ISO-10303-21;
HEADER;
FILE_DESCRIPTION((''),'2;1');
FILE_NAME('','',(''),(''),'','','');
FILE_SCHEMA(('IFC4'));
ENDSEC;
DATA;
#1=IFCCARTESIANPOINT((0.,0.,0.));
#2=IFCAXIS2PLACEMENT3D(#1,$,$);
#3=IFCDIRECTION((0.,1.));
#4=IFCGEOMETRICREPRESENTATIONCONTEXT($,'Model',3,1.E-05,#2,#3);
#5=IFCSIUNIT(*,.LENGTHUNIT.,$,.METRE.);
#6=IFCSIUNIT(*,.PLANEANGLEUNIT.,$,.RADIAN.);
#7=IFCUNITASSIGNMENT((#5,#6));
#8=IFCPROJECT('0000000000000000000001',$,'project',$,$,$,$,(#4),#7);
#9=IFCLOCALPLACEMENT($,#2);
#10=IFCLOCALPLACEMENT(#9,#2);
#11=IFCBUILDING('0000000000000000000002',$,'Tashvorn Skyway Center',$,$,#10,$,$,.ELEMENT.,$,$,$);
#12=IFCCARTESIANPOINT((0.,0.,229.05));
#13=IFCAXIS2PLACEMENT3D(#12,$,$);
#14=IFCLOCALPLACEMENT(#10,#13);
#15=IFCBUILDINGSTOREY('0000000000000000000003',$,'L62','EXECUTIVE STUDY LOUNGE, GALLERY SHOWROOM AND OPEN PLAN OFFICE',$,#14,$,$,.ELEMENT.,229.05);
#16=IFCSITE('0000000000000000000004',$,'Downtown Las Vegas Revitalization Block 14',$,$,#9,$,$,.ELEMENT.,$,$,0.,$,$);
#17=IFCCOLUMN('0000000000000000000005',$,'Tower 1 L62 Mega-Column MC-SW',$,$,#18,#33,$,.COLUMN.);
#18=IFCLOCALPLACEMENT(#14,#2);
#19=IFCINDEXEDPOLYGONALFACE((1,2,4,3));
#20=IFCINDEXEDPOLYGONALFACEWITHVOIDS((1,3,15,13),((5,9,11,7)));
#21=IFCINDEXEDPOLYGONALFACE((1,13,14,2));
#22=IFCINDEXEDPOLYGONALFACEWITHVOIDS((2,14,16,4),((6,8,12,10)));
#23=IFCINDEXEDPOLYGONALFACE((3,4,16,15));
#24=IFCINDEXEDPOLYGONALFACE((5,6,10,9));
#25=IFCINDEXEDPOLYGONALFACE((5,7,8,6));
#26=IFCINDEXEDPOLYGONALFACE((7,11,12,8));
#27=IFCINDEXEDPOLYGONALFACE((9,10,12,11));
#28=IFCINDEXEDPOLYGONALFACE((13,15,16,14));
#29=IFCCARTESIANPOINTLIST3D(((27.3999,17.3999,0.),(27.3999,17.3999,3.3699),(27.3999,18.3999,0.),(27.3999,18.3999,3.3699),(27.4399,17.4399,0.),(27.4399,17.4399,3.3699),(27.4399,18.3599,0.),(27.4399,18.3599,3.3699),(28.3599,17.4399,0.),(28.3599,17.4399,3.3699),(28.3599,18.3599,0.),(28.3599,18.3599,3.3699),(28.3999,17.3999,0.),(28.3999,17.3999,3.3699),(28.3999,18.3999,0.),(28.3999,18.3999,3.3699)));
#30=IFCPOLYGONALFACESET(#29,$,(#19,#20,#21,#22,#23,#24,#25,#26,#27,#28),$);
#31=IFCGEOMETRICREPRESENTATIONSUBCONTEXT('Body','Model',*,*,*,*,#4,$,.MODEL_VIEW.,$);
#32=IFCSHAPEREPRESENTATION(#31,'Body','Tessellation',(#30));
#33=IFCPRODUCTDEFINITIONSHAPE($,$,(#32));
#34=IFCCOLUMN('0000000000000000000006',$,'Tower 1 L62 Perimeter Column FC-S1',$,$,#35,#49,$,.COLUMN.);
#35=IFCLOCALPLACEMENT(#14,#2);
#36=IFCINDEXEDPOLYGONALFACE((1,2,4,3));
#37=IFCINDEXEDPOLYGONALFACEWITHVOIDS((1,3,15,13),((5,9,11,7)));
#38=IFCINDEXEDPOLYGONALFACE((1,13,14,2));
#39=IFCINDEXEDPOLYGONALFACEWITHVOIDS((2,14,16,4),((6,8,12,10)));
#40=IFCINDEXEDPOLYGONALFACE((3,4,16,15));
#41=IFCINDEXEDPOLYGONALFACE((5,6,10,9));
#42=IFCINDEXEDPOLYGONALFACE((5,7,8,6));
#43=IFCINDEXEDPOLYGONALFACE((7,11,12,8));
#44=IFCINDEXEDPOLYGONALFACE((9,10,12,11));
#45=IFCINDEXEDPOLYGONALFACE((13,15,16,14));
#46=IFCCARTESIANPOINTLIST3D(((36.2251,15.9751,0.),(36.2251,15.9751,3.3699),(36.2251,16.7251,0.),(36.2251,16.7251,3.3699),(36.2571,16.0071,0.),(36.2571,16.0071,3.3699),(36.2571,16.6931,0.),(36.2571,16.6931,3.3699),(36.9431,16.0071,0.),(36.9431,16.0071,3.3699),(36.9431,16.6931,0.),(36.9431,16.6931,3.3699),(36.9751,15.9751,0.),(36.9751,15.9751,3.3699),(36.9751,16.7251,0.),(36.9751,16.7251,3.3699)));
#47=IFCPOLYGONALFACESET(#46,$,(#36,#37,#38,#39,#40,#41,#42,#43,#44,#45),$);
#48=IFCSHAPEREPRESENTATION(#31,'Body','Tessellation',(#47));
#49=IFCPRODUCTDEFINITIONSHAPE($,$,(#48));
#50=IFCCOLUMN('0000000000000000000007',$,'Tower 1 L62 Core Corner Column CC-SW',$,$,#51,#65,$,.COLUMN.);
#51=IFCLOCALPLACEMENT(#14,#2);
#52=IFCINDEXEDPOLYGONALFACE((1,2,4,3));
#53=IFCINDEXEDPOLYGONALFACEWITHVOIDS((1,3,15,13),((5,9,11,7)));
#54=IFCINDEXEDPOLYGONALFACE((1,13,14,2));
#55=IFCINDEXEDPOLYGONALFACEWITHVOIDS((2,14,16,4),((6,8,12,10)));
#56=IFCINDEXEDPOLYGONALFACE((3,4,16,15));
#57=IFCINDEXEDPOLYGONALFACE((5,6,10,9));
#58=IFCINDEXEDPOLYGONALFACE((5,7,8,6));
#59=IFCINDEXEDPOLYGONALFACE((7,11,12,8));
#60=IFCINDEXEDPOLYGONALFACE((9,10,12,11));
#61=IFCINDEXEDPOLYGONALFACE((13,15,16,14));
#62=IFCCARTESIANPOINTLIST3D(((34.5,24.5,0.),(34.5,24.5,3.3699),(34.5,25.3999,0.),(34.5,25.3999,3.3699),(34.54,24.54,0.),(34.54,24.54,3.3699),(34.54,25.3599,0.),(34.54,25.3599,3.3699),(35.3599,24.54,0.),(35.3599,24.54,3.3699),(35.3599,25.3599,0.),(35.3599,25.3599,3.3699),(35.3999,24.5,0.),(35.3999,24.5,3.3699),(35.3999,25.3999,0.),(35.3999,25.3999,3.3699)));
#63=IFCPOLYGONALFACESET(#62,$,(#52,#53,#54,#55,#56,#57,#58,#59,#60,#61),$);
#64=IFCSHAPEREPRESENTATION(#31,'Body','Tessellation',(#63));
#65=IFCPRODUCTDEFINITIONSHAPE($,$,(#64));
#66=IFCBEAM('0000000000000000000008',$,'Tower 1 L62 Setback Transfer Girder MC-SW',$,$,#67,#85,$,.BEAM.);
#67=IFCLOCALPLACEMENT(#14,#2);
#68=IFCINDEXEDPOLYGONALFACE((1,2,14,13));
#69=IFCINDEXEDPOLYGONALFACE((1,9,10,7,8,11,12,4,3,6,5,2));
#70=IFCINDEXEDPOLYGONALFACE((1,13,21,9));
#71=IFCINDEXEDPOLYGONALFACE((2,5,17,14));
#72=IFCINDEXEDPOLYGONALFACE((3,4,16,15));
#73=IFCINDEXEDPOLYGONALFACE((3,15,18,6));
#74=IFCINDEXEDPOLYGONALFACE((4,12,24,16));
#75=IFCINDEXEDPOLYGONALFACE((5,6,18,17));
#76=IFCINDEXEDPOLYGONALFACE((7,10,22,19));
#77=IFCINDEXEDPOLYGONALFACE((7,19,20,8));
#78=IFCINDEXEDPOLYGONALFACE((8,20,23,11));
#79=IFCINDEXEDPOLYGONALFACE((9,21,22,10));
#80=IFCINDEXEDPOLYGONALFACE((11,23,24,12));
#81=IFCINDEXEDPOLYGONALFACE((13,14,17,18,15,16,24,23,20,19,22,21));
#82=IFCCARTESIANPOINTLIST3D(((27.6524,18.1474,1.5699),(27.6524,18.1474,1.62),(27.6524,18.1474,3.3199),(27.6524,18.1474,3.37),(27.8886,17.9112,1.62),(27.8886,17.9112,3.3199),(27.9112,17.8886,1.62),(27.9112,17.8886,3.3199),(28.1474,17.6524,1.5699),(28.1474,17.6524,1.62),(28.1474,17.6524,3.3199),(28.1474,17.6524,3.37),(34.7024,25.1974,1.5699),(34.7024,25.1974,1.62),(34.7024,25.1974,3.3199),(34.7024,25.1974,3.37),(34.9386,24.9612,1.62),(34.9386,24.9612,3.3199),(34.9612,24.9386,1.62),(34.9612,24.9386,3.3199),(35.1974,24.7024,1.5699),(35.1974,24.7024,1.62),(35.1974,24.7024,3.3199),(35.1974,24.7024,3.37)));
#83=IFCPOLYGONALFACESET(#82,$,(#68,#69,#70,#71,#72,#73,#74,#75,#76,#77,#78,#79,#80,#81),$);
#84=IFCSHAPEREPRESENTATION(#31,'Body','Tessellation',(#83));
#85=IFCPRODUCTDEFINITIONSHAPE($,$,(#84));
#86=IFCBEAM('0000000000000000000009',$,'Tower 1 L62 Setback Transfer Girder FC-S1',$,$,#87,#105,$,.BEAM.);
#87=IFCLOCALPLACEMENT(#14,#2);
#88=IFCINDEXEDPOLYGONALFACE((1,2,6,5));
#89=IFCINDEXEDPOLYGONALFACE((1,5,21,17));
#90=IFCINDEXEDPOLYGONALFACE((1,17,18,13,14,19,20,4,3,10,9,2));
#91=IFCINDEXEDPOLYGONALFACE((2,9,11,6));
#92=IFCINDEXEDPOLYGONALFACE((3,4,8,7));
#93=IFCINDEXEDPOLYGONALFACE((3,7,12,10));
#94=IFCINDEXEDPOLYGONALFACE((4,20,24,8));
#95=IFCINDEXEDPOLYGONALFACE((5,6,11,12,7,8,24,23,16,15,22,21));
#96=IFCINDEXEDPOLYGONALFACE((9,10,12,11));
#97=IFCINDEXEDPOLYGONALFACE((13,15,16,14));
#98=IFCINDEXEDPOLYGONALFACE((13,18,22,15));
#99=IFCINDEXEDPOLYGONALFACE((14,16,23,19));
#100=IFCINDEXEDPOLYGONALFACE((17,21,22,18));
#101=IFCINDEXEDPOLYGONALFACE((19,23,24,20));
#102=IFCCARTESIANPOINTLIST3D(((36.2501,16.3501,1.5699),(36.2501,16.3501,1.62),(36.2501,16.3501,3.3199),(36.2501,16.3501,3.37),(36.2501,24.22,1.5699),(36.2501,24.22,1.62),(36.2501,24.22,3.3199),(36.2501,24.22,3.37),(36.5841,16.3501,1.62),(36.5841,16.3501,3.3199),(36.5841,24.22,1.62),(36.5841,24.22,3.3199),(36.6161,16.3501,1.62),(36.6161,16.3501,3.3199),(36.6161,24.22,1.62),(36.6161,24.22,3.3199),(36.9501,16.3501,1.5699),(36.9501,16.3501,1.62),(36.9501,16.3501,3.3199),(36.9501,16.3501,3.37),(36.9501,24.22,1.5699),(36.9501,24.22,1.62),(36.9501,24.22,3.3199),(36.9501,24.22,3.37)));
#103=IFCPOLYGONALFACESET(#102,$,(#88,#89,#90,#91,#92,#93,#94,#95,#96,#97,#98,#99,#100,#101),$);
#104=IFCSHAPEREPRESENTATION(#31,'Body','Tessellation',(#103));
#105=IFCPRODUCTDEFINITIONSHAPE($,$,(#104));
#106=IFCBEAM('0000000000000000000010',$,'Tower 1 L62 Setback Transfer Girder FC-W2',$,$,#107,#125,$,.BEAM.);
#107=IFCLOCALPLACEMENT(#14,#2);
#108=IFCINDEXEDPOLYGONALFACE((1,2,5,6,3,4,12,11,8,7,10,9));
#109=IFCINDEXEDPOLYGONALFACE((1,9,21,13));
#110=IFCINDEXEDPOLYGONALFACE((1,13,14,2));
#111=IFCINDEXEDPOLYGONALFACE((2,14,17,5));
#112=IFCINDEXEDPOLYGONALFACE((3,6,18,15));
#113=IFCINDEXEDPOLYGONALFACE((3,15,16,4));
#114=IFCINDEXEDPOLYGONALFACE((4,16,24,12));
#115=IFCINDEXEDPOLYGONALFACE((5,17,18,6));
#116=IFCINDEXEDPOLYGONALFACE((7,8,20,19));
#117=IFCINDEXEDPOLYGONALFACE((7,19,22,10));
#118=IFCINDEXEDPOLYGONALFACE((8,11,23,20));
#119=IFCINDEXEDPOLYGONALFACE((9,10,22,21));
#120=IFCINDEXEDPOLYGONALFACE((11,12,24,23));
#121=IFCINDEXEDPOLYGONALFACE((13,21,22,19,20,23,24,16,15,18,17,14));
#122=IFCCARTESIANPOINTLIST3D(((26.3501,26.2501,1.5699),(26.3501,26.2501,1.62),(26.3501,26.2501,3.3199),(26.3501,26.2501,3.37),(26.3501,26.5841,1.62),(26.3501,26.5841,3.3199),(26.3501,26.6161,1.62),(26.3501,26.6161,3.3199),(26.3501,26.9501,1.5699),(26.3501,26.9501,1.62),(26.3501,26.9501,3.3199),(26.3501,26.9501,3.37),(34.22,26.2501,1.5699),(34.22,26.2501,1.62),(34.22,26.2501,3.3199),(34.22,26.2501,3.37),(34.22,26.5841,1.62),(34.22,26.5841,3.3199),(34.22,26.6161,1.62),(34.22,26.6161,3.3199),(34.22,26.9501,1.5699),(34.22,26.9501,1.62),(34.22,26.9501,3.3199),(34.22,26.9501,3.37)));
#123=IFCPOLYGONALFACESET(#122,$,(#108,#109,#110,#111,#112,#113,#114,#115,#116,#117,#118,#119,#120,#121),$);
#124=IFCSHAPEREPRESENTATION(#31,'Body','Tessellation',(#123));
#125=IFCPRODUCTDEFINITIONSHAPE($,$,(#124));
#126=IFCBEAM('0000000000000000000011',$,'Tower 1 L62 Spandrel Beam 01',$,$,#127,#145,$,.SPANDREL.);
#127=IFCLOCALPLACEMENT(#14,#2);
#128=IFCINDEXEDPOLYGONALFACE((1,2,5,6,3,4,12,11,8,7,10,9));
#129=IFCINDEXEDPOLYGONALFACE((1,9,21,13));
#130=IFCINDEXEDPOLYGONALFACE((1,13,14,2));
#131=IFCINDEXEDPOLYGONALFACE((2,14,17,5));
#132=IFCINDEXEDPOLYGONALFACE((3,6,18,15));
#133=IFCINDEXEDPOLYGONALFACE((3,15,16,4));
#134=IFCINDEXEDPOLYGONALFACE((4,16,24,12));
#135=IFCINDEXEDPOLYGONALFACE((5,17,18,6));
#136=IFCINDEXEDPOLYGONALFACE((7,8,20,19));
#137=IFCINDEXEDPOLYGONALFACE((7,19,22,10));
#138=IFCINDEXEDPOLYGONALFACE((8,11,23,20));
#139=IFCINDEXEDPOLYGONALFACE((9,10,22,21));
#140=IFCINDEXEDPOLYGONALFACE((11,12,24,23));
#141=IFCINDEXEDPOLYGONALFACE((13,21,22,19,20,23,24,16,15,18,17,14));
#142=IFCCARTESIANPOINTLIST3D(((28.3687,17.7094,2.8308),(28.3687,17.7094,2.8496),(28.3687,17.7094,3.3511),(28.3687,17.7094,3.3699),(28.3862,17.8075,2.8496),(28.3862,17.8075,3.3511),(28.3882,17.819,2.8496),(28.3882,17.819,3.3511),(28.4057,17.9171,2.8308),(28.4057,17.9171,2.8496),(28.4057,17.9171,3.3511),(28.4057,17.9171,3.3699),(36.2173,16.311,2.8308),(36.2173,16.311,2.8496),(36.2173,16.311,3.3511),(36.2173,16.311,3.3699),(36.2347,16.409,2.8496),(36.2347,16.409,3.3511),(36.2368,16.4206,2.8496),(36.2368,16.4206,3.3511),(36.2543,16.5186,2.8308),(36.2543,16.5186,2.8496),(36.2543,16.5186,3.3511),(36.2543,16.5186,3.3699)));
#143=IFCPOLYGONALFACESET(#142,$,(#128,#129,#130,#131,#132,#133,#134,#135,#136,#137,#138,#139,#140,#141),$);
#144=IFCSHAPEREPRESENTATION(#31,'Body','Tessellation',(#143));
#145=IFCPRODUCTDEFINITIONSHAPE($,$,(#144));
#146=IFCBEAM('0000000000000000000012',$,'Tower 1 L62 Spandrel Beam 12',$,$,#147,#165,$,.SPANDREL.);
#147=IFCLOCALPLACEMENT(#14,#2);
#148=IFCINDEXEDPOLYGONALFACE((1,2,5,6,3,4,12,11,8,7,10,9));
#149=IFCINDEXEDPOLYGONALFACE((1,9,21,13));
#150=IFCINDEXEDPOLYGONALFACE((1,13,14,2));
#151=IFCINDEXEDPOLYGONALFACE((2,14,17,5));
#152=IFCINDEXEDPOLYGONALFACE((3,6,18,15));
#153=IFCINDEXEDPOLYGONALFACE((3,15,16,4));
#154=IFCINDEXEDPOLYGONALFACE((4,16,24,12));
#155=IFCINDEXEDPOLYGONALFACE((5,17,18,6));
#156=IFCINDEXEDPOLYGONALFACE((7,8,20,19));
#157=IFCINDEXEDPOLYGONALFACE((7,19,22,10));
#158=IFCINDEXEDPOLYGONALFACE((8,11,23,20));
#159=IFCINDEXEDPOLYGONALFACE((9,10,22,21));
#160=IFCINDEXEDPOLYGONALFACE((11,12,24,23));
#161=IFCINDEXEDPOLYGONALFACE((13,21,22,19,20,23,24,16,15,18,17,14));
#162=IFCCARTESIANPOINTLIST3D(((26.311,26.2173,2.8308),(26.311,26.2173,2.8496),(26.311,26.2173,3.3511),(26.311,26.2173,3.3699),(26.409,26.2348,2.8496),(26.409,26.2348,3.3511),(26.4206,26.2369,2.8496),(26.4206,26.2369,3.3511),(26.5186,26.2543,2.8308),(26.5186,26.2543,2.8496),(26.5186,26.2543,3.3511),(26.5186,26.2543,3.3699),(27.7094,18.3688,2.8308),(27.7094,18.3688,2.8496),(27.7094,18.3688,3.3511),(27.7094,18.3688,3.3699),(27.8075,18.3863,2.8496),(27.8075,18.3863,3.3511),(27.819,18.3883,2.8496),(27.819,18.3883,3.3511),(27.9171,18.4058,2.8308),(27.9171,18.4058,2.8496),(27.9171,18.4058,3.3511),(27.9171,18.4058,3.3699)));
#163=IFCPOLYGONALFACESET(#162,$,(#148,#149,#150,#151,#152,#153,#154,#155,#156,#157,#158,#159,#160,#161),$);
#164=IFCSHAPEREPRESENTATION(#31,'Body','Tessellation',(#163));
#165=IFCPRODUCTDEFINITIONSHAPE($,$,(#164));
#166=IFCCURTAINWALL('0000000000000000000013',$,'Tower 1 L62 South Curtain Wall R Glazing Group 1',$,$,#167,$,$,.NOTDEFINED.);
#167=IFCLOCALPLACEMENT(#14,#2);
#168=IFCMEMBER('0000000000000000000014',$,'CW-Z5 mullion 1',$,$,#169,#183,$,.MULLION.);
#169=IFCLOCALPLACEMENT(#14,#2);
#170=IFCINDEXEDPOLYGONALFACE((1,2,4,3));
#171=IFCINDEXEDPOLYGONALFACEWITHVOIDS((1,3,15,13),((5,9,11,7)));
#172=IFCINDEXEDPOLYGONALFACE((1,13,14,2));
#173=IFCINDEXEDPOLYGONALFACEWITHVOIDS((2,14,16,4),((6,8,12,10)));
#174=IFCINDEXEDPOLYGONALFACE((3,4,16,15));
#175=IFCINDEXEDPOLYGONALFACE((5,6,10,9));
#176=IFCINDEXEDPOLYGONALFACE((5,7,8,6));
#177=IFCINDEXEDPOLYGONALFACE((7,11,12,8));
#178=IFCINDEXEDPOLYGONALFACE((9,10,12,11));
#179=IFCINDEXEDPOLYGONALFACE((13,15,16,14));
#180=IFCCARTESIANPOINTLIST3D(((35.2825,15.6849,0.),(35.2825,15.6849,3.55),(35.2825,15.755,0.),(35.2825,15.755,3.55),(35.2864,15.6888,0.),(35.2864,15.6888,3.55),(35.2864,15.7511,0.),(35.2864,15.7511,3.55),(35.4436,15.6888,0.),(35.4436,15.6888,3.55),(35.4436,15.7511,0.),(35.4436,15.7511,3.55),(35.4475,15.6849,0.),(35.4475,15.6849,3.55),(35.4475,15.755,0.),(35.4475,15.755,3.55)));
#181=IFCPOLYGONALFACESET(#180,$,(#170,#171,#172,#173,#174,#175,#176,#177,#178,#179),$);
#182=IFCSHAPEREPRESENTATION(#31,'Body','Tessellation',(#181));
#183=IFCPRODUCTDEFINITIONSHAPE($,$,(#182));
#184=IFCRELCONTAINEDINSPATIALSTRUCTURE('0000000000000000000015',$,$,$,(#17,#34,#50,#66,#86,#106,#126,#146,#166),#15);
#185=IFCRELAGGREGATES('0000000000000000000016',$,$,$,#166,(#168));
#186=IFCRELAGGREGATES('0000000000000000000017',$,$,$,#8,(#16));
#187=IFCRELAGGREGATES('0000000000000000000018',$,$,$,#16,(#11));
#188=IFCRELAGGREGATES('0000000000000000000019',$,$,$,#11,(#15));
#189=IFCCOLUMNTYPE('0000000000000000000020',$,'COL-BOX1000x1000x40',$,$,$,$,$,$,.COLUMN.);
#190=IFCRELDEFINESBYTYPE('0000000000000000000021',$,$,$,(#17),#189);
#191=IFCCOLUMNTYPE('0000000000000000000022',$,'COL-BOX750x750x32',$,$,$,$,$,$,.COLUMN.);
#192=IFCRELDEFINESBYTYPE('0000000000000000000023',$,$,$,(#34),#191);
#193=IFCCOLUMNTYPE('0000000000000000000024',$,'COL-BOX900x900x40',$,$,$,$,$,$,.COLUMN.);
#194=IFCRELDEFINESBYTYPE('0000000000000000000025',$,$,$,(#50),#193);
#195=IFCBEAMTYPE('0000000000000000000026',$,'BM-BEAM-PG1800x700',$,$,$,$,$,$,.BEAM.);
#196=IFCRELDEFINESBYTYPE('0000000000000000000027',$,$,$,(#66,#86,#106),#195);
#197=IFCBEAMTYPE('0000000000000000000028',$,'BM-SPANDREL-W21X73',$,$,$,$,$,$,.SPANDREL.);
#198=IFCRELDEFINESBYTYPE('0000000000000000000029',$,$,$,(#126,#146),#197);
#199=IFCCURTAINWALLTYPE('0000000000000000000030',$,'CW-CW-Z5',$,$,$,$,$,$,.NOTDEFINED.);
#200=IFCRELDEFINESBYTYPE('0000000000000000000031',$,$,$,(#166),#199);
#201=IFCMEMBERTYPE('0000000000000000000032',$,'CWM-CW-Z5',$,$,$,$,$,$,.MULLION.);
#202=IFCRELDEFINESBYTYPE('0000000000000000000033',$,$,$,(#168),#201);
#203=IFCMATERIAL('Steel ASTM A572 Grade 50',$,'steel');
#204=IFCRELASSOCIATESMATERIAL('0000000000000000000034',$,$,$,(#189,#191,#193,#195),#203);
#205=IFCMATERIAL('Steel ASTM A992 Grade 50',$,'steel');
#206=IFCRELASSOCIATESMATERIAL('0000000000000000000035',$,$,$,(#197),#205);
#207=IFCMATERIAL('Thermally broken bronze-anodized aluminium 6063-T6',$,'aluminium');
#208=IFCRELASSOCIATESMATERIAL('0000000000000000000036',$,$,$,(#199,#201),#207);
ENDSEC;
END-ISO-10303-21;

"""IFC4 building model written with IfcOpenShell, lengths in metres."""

from ifc_helpers import new_model, si_unit, direction, frame, origin, origin_2d, place, context, subcontext, project, spatial, hollow_rectangle, i_section, extrude, material, material_profile, profile_set, type_object, element, aggregate, save


model = new_model("IFC4")

# Units and contexts
model_context = context("Model", 3, precision=1e-05, world=origin(), true_north=direction((0.0, 1.0)))
body_context = subcontext(model_context, "Body", "Model", "MODEL_VIEW")
ifc_project = project(units=[si_unit("LENGTHUNIT", "METRE"), si_unit("PLANEANGLEUNIT", "RADIAN")], contexts=[model_context])

# Site, building, storey
site_placement = place(None, origin())
site = spatial("IfcSite", under=ifc_project, at=site_placement, Name="Downtown Las Vegas Revitalization Block 14", CompositionType="ELEMENT", RefElevation=0.0)
building_placement = place(site_placement, origin())
building = spatial("IfcBuilding", under=site, at=building_placement, Name="Tashvorn Skyway Center", CompositionType="ELEMENT")
storey_placement = place(building_placement, frame((0.0, 0.0, 229.05)))
storey = spatial("IfcBuildingStorey", under=building, at=storey_placement, Name="L62", Description="EXECUTIVE STUDY LOUNGE, GALLERY SHOWROOM AND OPEN PLAN OFFICE", CompositionType="ELEMENT", Elevation=229.05)

# Columns
ifc_material_1 = material(Name="Steel ASTM A572 Grade 50", Category="steel")
ifc_material_profile_1 = material_profile(ifc_material_1, hollow_rectangle(XDim=1.0, YDim=1.0, WallThickness=0.04, at=origin_2d()), Name="BOX1000x1000x40")
ifc_profile_set_1 = profile_set([ifc_material_profile_1], Name="Steel ASTM A572 Grade 50")
column_type_1 = type_object("IfcColumnType", Name="COL-BOX1000x1000x40", PredefinedType="COLUMN", material=ifc_profile_set_1)
column_1_placement = place(storey_placement, frame((27.8999, 17.8999, 0.0), z_axis=(0.0, 0.0, 1.0), x_axis=(1.0, 0.0, 0.0)))
element("IfcColumn", 1, at=column_1_placement, inside=storey, type_object=column_type_1, Name="Tower 1 L62 Mega-Column MC-SW", PredefinedType="COLUMN", context=body_context, shape_type="SweptSolid", body=[
    extrude(hollow_rectangle(XDim=1.0, YDim=1.0, WallThickness=0.04, at=origin_2d()), origin(), (0.0, 0.0, 1.0), 3.3699),
])
ifc_material_profile_2 = material_profile(ifc_material_1, hollow_rectangle(XDim=0.75, YDim=0.75, WallThickness=0.032, at=origin_2d()), Name="BOX750x750x32")
ifc_profile_set_2 = profile_set([ifc_material_profile_2], Name="Steel ASTM A572 Grade 50")
column_type_2 = type_object("IfcColumnType", Name="COL-BOX750x750x32", PredefinedType="COLUMN", material=ifc_profile_set_2)
column_2_placement = place(storey_placement, frame((36.6001, 16.3501, 0.0), z_axis=(0.0, 0.0, 1.0), x_axis=(1.0, 0.0, 0.0)))
element("IfcColumn", 2, at=column_2_placement, inside=storey, type_object=column_type_2, Name="Tower 1 L62 Perimeter Column FC-S1", PredefinedType="COLUMN", context=body_context, shape_type="SweptSolid", body=[
    extrude(hollow_rectangle(XDim=0.75, YDim=0.75, WallThickness=0.032, at=origin_2d()), origin(), (0.0, 0.0, 1.0), 3.3699),
])
ifc_material_profile_3 = material_profile(ifc_material_1, hollow_rectangle(XDim=0.8999, YDim=0.8999, WallThickness=0.04, at=origin_2d()), Name="BOX900x900x40")
ifc_profile_set_3 = profile_set([ifc_material_profile_3], Name="Steel ASTM A572 Grade 50")
column_type_3 = type_object("IfcColumnType", Name="COL-BOX900x900x40", PredefinedType="COLUMN", material=ifc_profile_set_3)
column_3_placement = place(storey_placement, frame((34.95, 24.95, 0.0), z_axis=(0.0, 0.0, 1.0), x_axis=(1.0, 0.0, 0.0)))
element("IfcColumn", 3, at=column_3_placement, inside=storey, type_object=column_type_3, Name="Tower 1 L62 Core Corner Column CC-SW", PredefinedType="COLUMN", context=body_context, shape_type="SweptSolid", body=[
    extrude(hollow_rectangle(XDim=0.8999, YDim=0.8999, WallThickness=0.04, at=origin_2d()), origin(), (0.0, 0.0, 1.0), 3.3699),
])

# Beams
ifc_material_profile_4 = material_profile(ifc_material_1, i_section(OverallWidth=0.7, OverallDepth=1.8, WebThickness=0.032, FlangeThickness=0.05, at=origin_2d()), Name="PG1800x700")
ifc_profile_set_4 = profile_set([ifc_material_profile_4], Name="Steel ASTM A572 Grade 50")
beam_type_1 = type_object("IfcBeamType", Name="BM-BEAM-PG1800x700", PredefinedType="BEAM", material=ifc_profile_set_4)
beam_placement = place(storey_placement, frame((27.8999, 17.8999, 2.47), z_axis=(0.707107, 0.707107, 0.0), x_axis=(-0.707107, 0.707107, 0.0)))
element("IfcBeam", 4, at=beam_placement, inside=storey, type_object=beam_type_1, Name="Tower 1 L62 Setback Transfer Girder MC-SW", PredefinedType="BEAM", context=body_context, shape_type="SweptSolid", body=[
    extrude(i_section(OverallWidth=0.7, OverallDepth=1.8, WebThickness=0.032, FlangeThickness=0.05, at=origin_2d()), origin(), (0.0, 0.0, 1.0), 9.9702),
])
for number, where, z_axis, x_axis, name in (
    (5, (36.6001, 16.3501, 2.47), (0.0, 1.0, 0.0), (-1.0, 0.0, 0.0), "Tower 1 L62 Setback Transfer Girder FC-S1"),
    (6, (26.3501, 26.6001, 2.47), (1.0, 0.0, 0.0), (0.0, 1.0, 0.0), "Tower 1 L62 Setback Transfer Girder FC-W2"),
):
    element("IfcBeam", number, at=place(storey_placement, frame(where, z_axis=z_axis, x_axis=x_axis)), inside=storey, type_object=beam_type_1, Name=name, PredefinedType="BEAM", context=body_context, shape_type="SweptSolid", body=[
        extrude(i_section(OverallWidth=0.7, OverallDepth=1.8, WebThickness=0.032, FlangeThickness=0.05, at=origin_2d()), origin(), (0.0, 0.0, 1.0), 7.8699),
    ])
ifc_material_2 = material(Name="Steel ASTM A992 Grade 50", Category="steel")
ifc_material_profile_5 = material_profile(ifc_material_2, i_section(OverallWidth=0.2109, OverallDepth=0.5391, WebThickness=0.0117, FlangeThickness=0.0188, at=origin_2d()), Name="W21X73")
ifc_profile_set_5 = profile_set([ifc_material_profile_5], Name="Steel ASTM A992 Grade 50")
beam_type_2 = type_object("IfcBeamType", Name="BM-SPANDREL-W21X73", PredefinedType="SPANDREL", material=ifc_profile_set_5)
for number, where, z_axis, x_axis, name in (
    (7, (28.3872, 17.8132, 3.1003), (0.984495, -0.175413, 0.0), (0.175413, 0.984495, 0.0), "Tower 1 L62 Spandrel Beam 01"),
    (8, (26.4148, 26.2358, 3.1003), (0.175413, -0.984495, 0.0), (0.984495, 0.175413, 0.0), "Tower 1 L62 Spandrel Beam 12"),
):
    element("IfcBeam", number, at=place(storey_placement, frame(where, z_axis=z_axis, x_axis=x_axis)), inside=storey, type_object=beam_type_2, Name=name, PredefinedType="SPANDREL", context=body_context, shape_type="SweptSolid", body=[
        extrude(i_section(OverallWidth=0.2109, OverallDepth=0.5391, WebThickness=0.0117, FlangeThickness=0.0188, at=origin_2d()), origin(), (0.0, 0.0, 1.0), 7.9722),
    ])

# Curtain wall, member
ifc_material_3 = material(Name="Thermally broken bronze-anodized aluminium 6063-T6", Category="aluminium")
curtain_wall_type = type_object("IfcCurtainWallType", Name="CW-CW-Z5", PredefinedType="NOTDEFINED", material=ifc_material_3)
curtain_wall_placement = place(storey_placement, origin())
curtain_wall = element("IfcCurtainWall", 9, at=curtain_wall_placement, inside=storey, type_object=curtain_wall_type, Name="Tower 1 L62 South Curtain Wall R Glazing Group 1", PredefinedType="NOTDEFINED")
ifc_material_profile_6 = material_profile(ifc_material_3, hollow_rectangle(XDim=0.0701, YDim=0.165, WallThickness=0.0039, at=origin_2d()), Name="ALU-MULL-70x165")
ifc_profile_set_6 = profile_set([ifc_material_profile_6], Name="Thermally broken bronze-anodized aluminium 6063-T6")
member_type_1 = type_object("IfcMemberType", Name="CWM-CW-Z5", PredefinedType="MULLION", material=ifc_profile_set_6)
member_1_placement = place(storey_placement, frame((35.365, 15.72, 0.0), z_axis=(0.0, 0.0, 1.0), x_axis=(0.0, -1.0, 0.0)))
member_1 = element("IfcMember", 10, at=member_1_placement, type_object=member_type_1, Name="CW-Z5 mullion 1", PredefinedType="MULLION", context=body_context, shape_type="SweptSolid", body=[
    extrude(hollow_rectangle(XDim=0.0701, YDim=0.165, WallThickness=0.0039, at=origin_2d()), origin(), (0.0, 0.0, 1.0), 3.55),
])
aggregate(curtain_wall, [member_1])

save(model, "model.ifc")
